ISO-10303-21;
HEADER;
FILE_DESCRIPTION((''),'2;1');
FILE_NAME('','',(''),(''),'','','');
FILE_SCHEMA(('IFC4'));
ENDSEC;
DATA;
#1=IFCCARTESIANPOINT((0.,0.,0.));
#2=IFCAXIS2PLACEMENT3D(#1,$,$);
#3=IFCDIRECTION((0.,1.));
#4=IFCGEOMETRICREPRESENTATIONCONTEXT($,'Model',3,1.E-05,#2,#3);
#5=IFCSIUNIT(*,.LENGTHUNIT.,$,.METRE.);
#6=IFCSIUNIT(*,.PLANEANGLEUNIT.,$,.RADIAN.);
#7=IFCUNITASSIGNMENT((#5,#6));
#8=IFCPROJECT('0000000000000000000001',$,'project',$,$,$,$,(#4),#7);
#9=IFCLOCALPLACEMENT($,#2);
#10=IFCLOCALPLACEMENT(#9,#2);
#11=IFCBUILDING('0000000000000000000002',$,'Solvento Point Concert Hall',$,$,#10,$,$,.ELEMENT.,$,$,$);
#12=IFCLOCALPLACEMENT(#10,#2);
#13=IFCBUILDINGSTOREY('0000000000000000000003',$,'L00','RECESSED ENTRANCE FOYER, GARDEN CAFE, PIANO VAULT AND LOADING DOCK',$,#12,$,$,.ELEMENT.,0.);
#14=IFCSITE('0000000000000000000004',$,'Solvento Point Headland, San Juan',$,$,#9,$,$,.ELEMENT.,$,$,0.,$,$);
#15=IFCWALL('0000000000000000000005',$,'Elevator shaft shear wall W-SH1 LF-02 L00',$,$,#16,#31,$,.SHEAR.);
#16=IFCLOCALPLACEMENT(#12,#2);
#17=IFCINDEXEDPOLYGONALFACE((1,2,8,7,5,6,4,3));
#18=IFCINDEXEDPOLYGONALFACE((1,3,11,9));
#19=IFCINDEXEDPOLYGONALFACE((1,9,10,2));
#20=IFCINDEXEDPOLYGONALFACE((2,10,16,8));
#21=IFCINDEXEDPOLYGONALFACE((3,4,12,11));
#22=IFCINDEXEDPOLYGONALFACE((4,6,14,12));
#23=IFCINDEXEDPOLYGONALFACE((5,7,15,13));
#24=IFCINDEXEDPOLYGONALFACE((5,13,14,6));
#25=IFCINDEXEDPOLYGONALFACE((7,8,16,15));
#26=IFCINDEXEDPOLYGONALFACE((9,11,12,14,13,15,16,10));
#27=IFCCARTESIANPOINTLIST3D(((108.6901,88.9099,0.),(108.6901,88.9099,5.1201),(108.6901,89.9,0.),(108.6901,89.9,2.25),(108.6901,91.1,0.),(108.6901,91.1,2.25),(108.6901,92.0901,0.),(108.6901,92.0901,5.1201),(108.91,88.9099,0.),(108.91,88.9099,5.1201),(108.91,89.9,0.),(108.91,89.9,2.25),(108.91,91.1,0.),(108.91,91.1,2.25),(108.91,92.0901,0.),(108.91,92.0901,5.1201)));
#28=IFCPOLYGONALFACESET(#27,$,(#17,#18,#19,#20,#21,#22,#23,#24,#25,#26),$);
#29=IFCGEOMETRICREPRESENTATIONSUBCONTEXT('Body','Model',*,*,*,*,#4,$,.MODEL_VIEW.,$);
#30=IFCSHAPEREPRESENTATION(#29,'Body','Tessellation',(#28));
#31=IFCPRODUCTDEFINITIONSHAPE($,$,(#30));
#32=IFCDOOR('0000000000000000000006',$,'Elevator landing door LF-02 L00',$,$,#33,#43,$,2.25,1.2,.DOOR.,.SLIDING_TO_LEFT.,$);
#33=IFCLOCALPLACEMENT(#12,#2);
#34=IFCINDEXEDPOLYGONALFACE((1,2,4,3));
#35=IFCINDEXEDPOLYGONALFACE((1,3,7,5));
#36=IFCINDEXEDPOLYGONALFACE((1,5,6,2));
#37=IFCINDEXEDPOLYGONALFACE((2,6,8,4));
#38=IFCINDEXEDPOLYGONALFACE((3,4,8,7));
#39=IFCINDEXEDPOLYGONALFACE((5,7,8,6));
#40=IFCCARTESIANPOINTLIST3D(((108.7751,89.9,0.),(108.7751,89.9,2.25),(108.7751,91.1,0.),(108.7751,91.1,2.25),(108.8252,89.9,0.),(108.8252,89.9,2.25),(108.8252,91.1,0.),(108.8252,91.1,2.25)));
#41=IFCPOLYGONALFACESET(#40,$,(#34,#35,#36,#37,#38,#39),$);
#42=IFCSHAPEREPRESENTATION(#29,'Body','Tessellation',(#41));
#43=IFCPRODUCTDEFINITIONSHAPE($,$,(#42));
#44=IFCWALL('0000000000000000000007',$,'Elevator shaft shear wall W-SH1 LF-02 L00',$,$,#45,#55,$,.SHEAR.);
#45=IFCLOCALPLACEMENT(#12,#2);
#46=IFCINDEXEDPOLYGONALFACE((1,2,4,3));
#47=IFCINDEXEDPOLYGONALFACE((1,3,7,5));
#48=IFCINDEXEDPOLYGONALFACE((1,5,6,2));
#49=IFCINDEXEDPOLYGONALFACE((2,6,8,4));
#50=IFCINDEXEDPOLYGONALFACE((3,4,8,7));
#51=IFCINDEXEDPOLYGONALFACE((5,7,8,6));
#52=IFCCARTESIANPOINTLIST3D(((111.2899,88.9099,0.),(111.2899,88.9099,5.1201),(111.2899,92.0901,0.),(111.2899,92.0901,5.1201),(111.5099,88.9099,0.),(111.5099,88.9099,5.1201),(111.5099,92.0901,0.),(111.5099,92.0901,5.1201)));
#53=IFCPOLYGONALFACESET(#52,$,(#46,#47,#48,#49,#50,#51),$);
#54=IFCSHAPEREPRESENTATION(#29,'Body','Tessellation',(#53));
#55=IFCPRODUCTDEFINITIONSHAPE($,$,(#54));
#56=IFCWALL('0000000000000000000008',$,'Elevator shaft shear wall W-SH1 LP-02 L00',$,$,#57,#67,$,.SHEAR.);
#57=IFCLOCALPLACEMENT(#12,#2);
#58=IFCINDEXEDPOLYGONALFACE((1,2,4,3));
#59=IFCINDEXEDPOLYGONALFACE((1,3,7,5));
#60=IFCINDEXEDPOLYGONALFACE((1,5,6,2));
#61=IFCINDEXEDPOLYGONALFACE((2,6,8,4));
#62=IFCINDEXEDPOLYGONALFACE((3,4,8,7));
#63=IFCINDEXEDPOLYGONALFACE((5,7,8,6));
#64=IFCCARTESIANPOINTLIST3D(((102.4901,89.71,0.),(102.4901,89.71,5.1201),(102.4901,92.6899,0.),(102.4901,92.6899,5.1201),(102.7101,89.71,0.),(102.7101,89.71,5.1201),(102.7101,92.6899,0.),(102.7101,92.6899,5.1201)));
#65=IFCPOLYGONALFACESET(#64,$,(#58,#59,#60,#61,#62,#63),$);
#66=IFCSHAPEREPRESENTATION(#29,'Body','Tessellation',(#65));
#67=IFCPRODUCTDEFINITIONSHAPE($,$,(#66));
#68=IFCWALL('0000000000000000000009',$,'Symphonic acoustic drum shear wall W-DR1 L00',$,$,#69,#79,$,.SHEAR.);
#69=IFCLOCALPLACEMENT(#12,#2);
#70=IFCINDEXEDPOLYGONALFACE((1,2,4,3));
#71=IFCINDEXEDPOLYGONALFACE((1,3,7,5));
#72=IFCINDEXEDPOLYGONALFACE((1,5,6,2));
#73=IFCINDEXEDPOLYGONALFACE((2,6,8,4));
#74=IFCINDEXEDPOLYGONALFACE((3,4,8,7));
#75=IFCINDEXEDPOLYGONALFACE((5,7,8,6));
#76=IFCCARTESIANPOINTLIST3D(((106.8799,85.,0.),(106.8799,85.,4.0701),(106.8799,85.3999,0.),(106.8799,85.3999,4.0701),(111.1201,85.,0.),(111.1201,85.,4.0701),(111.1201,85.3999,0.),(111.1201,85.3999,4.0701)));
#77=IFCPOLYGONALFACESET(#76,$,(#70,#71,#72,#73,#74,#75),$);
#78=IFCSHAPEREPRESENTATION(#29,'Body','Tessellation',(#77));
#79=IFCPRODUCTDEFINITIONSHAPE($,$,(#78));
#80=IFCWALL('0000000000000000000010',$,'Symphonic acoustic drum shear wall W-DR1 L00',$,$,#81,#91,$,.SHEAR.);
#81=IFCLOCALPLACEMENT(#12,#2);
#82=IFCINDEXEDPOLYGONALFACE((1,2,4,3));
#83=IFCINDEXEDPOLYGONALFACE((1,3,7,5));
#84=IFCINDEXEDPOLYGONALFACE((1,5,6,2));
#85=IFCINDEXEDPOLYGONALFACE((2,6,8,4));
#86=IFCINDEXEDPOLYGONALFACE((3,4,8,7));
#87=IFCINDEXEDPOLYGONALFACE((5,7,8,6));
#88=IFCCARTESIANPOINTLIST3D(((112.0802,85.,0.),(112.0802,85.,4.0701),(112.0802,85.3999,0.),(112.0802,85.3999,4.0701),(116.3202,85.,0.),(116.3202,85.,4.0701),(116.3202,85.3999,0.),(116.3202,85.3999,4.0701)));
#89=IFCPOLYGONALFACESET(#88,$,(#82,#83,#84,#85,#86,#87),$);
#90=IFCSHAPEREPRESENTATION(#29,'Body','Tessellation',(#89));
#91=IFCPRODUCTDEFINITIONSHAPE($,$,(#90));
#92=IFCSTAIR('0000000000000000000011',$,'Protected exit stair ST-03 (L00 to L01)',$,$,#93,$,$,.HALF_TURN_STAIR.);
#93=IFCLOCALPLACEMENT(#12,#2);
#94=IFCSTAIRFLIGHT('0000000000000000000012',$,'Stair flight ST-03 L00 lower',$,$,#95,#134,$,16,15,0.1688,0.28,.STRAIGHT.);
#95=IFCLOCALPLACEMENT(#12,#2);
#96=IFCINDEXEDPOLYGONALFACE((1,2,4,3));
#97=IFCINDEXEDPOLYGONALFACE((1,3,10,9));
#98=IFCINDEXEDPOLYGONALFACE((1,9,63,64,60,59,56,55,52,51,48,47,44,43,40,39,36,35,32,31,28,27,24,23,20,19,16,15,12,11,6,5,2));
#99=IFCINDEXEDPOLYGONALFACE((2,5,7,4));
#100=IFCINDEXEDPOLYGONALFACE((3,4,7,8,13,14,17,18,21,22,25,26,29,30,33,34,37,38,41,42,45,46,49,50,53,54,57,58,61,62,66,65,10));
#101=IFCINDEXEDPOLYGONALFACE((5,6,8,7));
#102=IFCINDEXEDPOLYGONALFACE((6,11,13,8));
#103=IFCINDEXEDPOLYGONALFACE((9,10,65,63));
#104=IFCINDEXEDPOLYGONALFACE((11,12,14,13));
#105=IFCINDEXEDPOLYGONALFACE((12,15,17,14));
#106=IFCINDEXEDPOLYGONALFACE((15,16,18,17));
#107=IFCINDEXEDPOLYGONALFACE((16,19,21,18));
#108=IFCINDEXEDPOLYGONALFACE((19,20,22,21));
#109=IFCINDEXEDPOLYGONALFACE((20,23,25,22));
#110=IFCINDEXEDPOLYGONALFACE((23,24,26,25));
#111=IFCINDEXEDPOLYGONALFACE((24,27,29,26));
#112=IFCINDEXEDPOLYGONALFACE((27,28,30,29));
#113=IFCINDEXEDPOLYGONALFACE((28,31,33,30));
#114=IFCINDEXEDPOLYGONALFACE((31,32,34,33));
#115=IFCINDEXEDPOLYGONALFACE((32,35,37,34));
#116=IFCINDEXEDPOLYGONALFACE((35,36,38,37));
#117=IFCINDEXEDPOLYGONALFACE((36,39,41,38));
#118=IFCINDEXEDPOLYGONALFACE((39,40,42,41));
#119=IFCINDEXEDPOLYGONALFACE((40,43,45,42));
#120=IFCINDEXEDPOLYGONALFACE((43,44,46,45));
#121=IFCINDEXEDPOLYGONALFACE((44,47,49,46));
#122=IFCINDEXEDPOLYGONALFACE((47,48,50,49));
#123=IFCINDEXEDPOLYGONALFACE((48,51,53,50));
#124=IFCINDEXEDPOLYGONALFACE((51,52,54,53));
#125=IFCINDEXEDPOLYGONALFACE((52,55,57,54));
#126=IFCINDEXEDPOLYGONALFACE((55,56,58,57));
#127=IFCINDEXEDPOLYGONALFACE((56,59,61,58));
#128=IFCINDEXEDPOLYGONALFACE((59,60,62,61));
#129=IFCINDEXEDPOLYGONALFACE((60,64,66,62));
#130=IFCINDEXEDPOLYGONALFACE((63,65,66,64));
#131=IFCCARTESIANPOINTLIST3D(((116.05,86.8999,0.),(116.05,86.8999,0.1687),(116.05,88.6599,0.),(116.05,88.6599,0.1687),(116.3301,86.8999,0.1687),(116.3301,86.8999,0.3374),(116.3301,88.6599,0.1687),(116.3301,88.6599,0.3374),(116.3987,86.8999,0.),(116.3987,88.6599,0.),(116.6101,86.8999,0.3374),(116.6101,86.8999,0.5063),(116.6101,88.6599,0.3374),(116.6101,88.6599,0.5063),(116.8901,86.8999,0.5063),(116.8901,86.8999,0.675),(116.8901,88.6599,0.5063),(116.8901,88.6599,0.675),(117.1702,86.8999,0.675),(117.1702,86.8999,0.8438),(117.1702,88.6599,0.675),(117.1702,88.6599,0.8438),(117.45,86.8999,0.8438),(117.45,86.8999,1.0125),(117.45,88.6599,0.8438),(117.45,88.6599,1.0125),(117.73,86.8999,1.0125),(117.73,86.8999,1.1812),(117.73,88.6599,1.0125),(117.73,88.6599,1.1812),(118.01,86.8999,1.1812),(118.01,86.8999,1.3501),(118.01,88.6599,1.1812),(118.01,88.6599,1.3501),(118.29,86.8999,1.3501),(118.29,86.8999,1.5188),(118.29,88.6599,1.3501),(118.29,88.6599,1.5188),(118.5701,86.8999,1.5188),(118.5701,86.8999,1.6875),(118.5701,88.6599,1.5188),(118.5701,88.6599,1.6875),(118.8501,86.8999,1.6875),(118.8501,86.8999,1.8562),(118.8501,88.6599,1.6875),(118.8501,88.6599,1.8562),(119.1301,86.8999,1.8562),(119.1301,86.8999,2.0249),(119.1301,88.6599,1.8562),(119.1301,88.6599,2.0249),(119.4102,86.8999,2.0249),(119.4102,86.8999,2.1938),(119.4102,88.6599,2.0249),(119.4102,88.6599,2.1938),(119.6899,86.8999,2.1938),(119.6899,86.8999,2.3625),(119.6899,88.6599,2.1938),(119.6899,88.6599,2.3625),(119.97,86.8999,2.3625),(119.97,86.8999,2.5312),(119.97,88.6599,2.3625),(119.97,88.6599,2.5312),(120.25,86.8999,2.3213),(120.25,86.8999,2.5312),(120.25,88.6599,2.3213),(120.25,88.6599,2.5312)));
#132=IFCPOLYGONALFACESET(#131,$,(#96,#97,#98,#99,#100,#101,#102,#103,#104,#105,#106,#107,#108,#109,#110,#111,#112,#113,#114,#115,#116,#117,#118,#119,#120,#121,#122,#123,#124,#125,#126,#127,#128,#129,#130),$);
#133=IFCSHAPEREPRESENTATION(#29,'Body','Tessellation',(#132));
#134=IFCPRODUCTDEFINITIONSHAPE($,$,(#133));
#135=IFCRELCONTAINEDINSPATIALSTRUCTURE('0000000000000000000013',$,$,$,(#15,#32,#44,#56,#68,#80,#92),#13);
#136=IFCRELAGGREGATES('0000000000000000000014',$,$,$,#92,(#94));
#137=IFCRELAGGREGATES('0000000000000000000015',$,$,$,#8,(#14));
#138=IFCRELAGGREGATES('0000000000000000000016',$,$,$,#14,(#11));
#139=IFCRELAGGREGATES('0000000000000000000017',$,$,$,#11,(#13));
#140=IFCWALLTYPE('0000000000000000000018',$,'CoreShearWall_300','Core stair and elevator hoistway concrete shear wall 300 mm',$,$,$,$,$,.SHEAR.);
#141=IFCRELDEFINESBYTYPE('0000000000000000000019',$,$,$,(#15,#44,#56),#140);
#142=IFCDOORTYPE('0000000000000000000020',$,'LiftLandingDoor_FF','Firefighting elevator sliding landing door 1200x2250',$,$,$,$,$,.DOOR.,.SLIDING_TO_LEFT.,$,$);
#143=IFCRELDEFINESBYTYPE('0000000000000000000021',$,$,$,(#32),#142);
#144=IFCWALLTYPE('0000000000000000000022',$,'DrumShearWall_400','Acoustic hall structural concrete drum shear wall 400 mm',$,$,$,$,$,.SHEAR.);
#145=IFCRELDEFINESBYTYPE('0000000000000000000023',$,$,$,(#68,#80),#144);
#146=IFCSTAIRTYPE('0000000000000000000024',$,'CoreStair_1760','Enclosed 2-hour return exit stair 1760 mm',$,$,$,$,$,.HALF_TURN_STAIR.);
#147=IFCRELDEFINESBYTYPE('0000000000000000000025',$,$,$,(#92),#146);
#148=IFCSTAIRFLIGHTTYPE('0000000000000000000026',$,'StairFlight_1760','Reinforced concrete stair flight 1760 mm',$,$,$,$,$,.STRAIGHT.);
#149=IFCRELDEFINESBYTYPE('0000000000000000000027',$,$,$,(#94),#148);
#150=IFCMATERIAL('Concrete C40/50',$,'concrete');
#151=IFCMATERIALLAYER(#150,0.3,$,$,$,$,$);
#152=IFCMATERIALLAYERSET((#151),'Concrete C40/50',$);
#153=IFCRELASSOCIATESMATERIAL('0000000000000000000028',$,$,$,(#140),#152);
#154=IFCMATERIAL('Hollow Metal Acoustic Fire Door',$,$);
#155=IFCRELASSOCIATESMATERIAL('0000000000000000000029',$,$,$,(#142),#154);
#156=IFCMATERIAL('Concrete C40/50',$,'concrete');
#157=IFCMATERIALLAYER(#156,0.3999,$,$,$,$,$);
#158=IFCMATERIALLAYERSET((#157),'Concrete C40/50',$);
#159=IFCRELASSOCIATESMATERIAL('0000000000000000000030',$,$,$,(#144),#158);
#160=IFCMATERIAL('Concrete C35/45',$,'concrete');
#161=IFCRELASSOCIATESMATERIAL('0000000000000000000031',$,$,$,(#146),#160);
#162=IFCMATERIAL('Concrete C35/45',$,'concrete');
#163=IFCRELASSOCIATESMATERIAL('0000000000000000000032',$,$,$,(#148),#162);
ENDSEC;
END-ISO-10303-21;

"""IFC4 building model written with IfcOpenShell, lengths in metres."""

from ifc_helpers import new_model, si_unit, direction, frame, frame_2d, origin, place, context, subcontext, project, spatial, polyline, rectangle, outline, extrude, material, layer, layer_set, type_object, element, fill, aggregate, save


model = new_model("IFC4")

# Units and contexts
model_context = context("Model", 3, precision=1e-05, world=origin(), true_north=direction((0.0, 1.0)))
body_context = subcontext(model_context, "Body", "Model", "MODEL_VIEW")
ifc_project = project(units=[si_unit("LENGTHUNIT", "METRE"), si_unit("PLANEANGLEUNIT", "RADIAN")], contexts=[model_context])

# Site, building, storey
site_placement = place(None, origin())
site = spatial("IfcSite", under=ifc_project, at=site_placement, Name="Solvento Point Headland, San Juan", CompositionType="ELEMENT", RefElevation=0.0)
building_placement = place(site_placement, origin())
building = spatial("IfcBuilding", under=site, at=building_placement, Name="Solvento Point Concert Hall", CompositionType="ELEMENT")
storey_placement = place(building_placement, origin())
storey = spatial("IfcBuildingStorey", under=building, at=storey_placement, Name="L00", Description="RECESSED ENTRANCE FOYER, GARDEN CAFE, PIANO VAULT AND LOADING DOCK", CompositionType="ELEMENT", Elevation=0.0)

# Shared definitions
ifc_material_1 = material(Name="Concrete C40/50", Category="concrete")
ifc_layer_1 = layer(ifc_material_1, 0.3)
ifc_layer_set_1 = layer_set([ifc_layer_1], Name="Concrete C40/50")
wall_type_1 = type_object("IfcWallType", Name="CoreShearWall_300", Description="Core stair and elevator hoistway concrete shear wall 300 mm", PredefinedType="SHEAR", material=ifc_layer_set_1)

# Wall, opening, door
wall_1_placement = place(storey_placement, frame((108.8, 88.9099, 0.0), z_axis=(0.0, 0.0, 1.0), x_axis=(0.0, 1.0, 0.0)))
wall_1 = element("IfcWall", 1, at=wall_1_placement, inside=storey, type_object=wall_type_1, Name="Elevator shaft shear wall W-SH1 LF-02 L00", PredefinedType="SHEAR", context=body_context, shape_type="SweptSolid", body=[
    extrude(rectangle(XDim=3.1802, YDim=0.22, at=frame_2d((1.5901, 0.0))), origin(), (0.0, 0.0, 1.0), 5.1201),
])
opening_1_placement = place(wall_1_placement, frame((0.99, 0.0, 0.0)))
opening_1 = element("IfcOpeningElement", 2, at=opening_1_placement, cuts=wall_1, PredefinedType="OPENING", context=body_context, shape_type="SweptSolid", body=[
    extrude(rectangle(XDim=1.2, YDim=2.25, at=frame_2d((0.6001, 1.125))), frame((0.0, 0.1199, 0.0), z_axis=(0.0, -1.0, 0.0), x_axis=(1.0, 0.0, 0.0)), (0.0, 0.0, 1.0), 0.24),
])
ifc_material_2 = material(Name="Hollow Metal Acoustic Fire Door")
door_type_1 = type_object("IfcDoorType", Name="LiftLandingDoor_FF", Description="Firefighting elevator sliding landing door 1200x2250", OperationType="SLIDING_TO_LEFT", PredefinedType="DOOR", material=ifc_material_2)
door_1_placement = place(opening_1_placement, origin())
door_1 = element("IfcDoor", 3, at=door_1_placement, inside=storey, type_object=door_type_1, Name="Elevator landing door LF-02 L00", OperationType="SLIDING_TO_LEFT", OverallHeight=2.25, OverallWidth=1.2, PredefinedType="DOOR", context=body_context, shape_type="SweptSolid", body=[
    extrude(rectangle(XDim=1.2, YDim=2.25, at=frame_2d((0.6001, 1.125))), frame((0.0, 0.0249, 0.0), z_axis=(0.0, -1.0, 0.0), x_axis=(1.0, 0.0, 0.0)), (0.0, 0.0, 1.0), 0.05),
])
fill(opening_1, door_1)

# Walls
wall_2_placement = place(storey_placement, frame((111.3999, 88.9099, 0.0), z_axis=(0.0, 0.0, 1.0), x_axis=(0.0, 1.0, 0.0)))
element("IfcWall", 4, at=wall_2_placement, inside=storey, type_object=wall_type_1, Name="Elevator shaft shear wall W-SH1 LF-02 L00", PredefinedType="SHEAR", context=body_context, shape_type="SweptSolid", body=[
    extrude(rectangle(XDim=3.1802, YDim=0.22, at=frame_2d((1.5901, 0.0))), origin(), (0.0, 0.0, 1.0), 5.1201),
])
wall_3_placement = place(storey_placement, frame((102.6001, 89.71, 0.0), z_axis=(0.0, 0.0, 1.0), x_axis=(0.0, 1.0, 0.0)))
element("IfcWall", 5, at=wall_3_placement, inside=storey, type_object=wall_type_1, Name="Elevator shaft shear wall W-SH1 LP-02 L00", PredefinedType="SHEAR", context=body_context, shape_type="SweptSolid", body=[
    extrude(rectangle(XDim=2.98, YDim=0.22, at=frame_2d((1.49, 0.0))), origin(), (0.0, 0.0, 1.0), 5.1201),
])
ifc_material_3 = material(Name="Concrete C40/50", Category="concrete")
ifc_layer_2 = layer(ifc_material_3, 0.3999)
ifc_layer_set_2 = layer_set([ifc_layer_2], Name="Concrete C40/50")
wall_type_2 = type_object("IfcWallType", Name="DrumShearWall_400", Description="Acoustic hall structural concrete drum shear wall 400 mm", PredefinedType="SHEAR", material=ifc_layer_set_2)
wall_4_placement = place(storey_placement, frame((106.8799, 85.2, 0.0), z_axis=(0.0, 0.0, 1.0), x_axis=(1.0, 0.0, 0.0)))
element("IfcWall", 6, at=wall_4_placement, inside=storey, type_object=wall_type_2, Name="Symphonic acoustic drum shear wall W-DR1 L00", PredefinedType="SHEAR", context=body_context, shape_type="SweptSolid", body=[
    extrude(rectangle(XDim=4.2402, YDim=0.3999, at=frame_2d((2.1201, 0.0))), origin(), (0.0, 0.0, 1.0), 4.0701),
])
wall_5_placement = place(storey_placement, frame((112.0801, 85.2, 0.0), z_axis=(0.0, 0.0, 1.0), x_axis=(1.0, 0.0, 0.0)))
element("IfcWall", 7, at=wall_5_placement, inside=storey, type_object=wall_type_2, Name="Symphonic acoustic drum shear wall W-DR1 L00", PredefinedType="SHEAR", context=body_context, shape_type="SweptSolid", body=[
    extrude(rectangle(XDim=4.24, YDim=0.3999, at=frame_2d((2.1201, 0.0))), origin(), (0.0, 0.0, 1.0), 4.0701),
])

# Stair, stair flight
ifc_material_4 = material(Name="Concrete C35/45", Category="concrete")
stair_type = type_object("IfcStairType", Name="CoreStair_1760", Description="Enclosed 2-hour return exit stair 1760 mm", PredefinedType="HALF_TURN_STAIR", material=ifc_material_4)
stair_placement = place(storey_placement, origin())
stair = element("IfcStair", 8, at=stair_placement, inside=storey, type_object=stair_type, Name="Protected exit stair ST-03 (L00 to L01)", PredefinedType="HALF_TURN_STAIR")
ifc_material_5 = material(Name="Concrete C35/45", Category="concrete")
stair_flight_type = type_object("IfcStairFlightType", Name="StairFlight_1760", Description="Reinforced concrete stair flight 1760 mm", PredefinedType="STRAIGHT", material=ifc_material_5)
stair_flight_placement = place(storey_placement, frame((116.05, 87.78, 0.0), z_axis=(0.0, 0.0, 1.0), x_axis=(1.0, 0.0, 0.0)))
stair_flight = element("IfcStairFlight", 9, at=stair_flight_placement, type_object=stair_flight_type, Name="Stair flight ST-03 L00 lower", NumberOfRisers=16, NumberOfTreads=15, PredefinedType="STRAIGHT", RiserHeight=0.1688, TreadLength=0.28, context=body_context, shape_type="SweptSolid", body=[
    extrude(outline(polyline([(0.0, 0.0), (0.0, 0.1687), (0.28, 0.1687), (0.28, 0.3374), (0.5601, 0.3374), (0.5601, 0.5063), (0.8401, 0.5063), (0.8401, 0.675), (1.1201, 0.675), (1.1201, 0.8438), (1.3999, 0.8438), (1.3999, 1.0125), (1.6799, 1.0125), (1.6799, 1.1812), (1.96, 1.1812), (1.96, 1.3501), (2.24, 1.3501), (2.24, 1.5188), (2.52, 1.5188), (2.52, 1.6875), (2.8, 1.6875), (2.8, 1.8562), (3.0801, 1.8562), (3.0801, 2.0249), (3.3601, 2.0249), (3.3601, 2.1938), (3.6399, 2.1938), (3.6399, 2.3625), (3.9199, 2.3625), (3.9199, 2.5312), (4.2, 2.5312), (4.2, 2.7), (4.2, 2.3213), (0.3486, 0.0), (0.0, 0.0)])), frame((0.0, 0.8799, 0.0), z_axis=(0.0, -1.0, 0.0), x_axis=(1.0, 0.0, 0.0)), (0.0, 0.0, 1.0), 1.76),
])
aggregate(stair, [stair_flight])

save(model, "model.ifc")
